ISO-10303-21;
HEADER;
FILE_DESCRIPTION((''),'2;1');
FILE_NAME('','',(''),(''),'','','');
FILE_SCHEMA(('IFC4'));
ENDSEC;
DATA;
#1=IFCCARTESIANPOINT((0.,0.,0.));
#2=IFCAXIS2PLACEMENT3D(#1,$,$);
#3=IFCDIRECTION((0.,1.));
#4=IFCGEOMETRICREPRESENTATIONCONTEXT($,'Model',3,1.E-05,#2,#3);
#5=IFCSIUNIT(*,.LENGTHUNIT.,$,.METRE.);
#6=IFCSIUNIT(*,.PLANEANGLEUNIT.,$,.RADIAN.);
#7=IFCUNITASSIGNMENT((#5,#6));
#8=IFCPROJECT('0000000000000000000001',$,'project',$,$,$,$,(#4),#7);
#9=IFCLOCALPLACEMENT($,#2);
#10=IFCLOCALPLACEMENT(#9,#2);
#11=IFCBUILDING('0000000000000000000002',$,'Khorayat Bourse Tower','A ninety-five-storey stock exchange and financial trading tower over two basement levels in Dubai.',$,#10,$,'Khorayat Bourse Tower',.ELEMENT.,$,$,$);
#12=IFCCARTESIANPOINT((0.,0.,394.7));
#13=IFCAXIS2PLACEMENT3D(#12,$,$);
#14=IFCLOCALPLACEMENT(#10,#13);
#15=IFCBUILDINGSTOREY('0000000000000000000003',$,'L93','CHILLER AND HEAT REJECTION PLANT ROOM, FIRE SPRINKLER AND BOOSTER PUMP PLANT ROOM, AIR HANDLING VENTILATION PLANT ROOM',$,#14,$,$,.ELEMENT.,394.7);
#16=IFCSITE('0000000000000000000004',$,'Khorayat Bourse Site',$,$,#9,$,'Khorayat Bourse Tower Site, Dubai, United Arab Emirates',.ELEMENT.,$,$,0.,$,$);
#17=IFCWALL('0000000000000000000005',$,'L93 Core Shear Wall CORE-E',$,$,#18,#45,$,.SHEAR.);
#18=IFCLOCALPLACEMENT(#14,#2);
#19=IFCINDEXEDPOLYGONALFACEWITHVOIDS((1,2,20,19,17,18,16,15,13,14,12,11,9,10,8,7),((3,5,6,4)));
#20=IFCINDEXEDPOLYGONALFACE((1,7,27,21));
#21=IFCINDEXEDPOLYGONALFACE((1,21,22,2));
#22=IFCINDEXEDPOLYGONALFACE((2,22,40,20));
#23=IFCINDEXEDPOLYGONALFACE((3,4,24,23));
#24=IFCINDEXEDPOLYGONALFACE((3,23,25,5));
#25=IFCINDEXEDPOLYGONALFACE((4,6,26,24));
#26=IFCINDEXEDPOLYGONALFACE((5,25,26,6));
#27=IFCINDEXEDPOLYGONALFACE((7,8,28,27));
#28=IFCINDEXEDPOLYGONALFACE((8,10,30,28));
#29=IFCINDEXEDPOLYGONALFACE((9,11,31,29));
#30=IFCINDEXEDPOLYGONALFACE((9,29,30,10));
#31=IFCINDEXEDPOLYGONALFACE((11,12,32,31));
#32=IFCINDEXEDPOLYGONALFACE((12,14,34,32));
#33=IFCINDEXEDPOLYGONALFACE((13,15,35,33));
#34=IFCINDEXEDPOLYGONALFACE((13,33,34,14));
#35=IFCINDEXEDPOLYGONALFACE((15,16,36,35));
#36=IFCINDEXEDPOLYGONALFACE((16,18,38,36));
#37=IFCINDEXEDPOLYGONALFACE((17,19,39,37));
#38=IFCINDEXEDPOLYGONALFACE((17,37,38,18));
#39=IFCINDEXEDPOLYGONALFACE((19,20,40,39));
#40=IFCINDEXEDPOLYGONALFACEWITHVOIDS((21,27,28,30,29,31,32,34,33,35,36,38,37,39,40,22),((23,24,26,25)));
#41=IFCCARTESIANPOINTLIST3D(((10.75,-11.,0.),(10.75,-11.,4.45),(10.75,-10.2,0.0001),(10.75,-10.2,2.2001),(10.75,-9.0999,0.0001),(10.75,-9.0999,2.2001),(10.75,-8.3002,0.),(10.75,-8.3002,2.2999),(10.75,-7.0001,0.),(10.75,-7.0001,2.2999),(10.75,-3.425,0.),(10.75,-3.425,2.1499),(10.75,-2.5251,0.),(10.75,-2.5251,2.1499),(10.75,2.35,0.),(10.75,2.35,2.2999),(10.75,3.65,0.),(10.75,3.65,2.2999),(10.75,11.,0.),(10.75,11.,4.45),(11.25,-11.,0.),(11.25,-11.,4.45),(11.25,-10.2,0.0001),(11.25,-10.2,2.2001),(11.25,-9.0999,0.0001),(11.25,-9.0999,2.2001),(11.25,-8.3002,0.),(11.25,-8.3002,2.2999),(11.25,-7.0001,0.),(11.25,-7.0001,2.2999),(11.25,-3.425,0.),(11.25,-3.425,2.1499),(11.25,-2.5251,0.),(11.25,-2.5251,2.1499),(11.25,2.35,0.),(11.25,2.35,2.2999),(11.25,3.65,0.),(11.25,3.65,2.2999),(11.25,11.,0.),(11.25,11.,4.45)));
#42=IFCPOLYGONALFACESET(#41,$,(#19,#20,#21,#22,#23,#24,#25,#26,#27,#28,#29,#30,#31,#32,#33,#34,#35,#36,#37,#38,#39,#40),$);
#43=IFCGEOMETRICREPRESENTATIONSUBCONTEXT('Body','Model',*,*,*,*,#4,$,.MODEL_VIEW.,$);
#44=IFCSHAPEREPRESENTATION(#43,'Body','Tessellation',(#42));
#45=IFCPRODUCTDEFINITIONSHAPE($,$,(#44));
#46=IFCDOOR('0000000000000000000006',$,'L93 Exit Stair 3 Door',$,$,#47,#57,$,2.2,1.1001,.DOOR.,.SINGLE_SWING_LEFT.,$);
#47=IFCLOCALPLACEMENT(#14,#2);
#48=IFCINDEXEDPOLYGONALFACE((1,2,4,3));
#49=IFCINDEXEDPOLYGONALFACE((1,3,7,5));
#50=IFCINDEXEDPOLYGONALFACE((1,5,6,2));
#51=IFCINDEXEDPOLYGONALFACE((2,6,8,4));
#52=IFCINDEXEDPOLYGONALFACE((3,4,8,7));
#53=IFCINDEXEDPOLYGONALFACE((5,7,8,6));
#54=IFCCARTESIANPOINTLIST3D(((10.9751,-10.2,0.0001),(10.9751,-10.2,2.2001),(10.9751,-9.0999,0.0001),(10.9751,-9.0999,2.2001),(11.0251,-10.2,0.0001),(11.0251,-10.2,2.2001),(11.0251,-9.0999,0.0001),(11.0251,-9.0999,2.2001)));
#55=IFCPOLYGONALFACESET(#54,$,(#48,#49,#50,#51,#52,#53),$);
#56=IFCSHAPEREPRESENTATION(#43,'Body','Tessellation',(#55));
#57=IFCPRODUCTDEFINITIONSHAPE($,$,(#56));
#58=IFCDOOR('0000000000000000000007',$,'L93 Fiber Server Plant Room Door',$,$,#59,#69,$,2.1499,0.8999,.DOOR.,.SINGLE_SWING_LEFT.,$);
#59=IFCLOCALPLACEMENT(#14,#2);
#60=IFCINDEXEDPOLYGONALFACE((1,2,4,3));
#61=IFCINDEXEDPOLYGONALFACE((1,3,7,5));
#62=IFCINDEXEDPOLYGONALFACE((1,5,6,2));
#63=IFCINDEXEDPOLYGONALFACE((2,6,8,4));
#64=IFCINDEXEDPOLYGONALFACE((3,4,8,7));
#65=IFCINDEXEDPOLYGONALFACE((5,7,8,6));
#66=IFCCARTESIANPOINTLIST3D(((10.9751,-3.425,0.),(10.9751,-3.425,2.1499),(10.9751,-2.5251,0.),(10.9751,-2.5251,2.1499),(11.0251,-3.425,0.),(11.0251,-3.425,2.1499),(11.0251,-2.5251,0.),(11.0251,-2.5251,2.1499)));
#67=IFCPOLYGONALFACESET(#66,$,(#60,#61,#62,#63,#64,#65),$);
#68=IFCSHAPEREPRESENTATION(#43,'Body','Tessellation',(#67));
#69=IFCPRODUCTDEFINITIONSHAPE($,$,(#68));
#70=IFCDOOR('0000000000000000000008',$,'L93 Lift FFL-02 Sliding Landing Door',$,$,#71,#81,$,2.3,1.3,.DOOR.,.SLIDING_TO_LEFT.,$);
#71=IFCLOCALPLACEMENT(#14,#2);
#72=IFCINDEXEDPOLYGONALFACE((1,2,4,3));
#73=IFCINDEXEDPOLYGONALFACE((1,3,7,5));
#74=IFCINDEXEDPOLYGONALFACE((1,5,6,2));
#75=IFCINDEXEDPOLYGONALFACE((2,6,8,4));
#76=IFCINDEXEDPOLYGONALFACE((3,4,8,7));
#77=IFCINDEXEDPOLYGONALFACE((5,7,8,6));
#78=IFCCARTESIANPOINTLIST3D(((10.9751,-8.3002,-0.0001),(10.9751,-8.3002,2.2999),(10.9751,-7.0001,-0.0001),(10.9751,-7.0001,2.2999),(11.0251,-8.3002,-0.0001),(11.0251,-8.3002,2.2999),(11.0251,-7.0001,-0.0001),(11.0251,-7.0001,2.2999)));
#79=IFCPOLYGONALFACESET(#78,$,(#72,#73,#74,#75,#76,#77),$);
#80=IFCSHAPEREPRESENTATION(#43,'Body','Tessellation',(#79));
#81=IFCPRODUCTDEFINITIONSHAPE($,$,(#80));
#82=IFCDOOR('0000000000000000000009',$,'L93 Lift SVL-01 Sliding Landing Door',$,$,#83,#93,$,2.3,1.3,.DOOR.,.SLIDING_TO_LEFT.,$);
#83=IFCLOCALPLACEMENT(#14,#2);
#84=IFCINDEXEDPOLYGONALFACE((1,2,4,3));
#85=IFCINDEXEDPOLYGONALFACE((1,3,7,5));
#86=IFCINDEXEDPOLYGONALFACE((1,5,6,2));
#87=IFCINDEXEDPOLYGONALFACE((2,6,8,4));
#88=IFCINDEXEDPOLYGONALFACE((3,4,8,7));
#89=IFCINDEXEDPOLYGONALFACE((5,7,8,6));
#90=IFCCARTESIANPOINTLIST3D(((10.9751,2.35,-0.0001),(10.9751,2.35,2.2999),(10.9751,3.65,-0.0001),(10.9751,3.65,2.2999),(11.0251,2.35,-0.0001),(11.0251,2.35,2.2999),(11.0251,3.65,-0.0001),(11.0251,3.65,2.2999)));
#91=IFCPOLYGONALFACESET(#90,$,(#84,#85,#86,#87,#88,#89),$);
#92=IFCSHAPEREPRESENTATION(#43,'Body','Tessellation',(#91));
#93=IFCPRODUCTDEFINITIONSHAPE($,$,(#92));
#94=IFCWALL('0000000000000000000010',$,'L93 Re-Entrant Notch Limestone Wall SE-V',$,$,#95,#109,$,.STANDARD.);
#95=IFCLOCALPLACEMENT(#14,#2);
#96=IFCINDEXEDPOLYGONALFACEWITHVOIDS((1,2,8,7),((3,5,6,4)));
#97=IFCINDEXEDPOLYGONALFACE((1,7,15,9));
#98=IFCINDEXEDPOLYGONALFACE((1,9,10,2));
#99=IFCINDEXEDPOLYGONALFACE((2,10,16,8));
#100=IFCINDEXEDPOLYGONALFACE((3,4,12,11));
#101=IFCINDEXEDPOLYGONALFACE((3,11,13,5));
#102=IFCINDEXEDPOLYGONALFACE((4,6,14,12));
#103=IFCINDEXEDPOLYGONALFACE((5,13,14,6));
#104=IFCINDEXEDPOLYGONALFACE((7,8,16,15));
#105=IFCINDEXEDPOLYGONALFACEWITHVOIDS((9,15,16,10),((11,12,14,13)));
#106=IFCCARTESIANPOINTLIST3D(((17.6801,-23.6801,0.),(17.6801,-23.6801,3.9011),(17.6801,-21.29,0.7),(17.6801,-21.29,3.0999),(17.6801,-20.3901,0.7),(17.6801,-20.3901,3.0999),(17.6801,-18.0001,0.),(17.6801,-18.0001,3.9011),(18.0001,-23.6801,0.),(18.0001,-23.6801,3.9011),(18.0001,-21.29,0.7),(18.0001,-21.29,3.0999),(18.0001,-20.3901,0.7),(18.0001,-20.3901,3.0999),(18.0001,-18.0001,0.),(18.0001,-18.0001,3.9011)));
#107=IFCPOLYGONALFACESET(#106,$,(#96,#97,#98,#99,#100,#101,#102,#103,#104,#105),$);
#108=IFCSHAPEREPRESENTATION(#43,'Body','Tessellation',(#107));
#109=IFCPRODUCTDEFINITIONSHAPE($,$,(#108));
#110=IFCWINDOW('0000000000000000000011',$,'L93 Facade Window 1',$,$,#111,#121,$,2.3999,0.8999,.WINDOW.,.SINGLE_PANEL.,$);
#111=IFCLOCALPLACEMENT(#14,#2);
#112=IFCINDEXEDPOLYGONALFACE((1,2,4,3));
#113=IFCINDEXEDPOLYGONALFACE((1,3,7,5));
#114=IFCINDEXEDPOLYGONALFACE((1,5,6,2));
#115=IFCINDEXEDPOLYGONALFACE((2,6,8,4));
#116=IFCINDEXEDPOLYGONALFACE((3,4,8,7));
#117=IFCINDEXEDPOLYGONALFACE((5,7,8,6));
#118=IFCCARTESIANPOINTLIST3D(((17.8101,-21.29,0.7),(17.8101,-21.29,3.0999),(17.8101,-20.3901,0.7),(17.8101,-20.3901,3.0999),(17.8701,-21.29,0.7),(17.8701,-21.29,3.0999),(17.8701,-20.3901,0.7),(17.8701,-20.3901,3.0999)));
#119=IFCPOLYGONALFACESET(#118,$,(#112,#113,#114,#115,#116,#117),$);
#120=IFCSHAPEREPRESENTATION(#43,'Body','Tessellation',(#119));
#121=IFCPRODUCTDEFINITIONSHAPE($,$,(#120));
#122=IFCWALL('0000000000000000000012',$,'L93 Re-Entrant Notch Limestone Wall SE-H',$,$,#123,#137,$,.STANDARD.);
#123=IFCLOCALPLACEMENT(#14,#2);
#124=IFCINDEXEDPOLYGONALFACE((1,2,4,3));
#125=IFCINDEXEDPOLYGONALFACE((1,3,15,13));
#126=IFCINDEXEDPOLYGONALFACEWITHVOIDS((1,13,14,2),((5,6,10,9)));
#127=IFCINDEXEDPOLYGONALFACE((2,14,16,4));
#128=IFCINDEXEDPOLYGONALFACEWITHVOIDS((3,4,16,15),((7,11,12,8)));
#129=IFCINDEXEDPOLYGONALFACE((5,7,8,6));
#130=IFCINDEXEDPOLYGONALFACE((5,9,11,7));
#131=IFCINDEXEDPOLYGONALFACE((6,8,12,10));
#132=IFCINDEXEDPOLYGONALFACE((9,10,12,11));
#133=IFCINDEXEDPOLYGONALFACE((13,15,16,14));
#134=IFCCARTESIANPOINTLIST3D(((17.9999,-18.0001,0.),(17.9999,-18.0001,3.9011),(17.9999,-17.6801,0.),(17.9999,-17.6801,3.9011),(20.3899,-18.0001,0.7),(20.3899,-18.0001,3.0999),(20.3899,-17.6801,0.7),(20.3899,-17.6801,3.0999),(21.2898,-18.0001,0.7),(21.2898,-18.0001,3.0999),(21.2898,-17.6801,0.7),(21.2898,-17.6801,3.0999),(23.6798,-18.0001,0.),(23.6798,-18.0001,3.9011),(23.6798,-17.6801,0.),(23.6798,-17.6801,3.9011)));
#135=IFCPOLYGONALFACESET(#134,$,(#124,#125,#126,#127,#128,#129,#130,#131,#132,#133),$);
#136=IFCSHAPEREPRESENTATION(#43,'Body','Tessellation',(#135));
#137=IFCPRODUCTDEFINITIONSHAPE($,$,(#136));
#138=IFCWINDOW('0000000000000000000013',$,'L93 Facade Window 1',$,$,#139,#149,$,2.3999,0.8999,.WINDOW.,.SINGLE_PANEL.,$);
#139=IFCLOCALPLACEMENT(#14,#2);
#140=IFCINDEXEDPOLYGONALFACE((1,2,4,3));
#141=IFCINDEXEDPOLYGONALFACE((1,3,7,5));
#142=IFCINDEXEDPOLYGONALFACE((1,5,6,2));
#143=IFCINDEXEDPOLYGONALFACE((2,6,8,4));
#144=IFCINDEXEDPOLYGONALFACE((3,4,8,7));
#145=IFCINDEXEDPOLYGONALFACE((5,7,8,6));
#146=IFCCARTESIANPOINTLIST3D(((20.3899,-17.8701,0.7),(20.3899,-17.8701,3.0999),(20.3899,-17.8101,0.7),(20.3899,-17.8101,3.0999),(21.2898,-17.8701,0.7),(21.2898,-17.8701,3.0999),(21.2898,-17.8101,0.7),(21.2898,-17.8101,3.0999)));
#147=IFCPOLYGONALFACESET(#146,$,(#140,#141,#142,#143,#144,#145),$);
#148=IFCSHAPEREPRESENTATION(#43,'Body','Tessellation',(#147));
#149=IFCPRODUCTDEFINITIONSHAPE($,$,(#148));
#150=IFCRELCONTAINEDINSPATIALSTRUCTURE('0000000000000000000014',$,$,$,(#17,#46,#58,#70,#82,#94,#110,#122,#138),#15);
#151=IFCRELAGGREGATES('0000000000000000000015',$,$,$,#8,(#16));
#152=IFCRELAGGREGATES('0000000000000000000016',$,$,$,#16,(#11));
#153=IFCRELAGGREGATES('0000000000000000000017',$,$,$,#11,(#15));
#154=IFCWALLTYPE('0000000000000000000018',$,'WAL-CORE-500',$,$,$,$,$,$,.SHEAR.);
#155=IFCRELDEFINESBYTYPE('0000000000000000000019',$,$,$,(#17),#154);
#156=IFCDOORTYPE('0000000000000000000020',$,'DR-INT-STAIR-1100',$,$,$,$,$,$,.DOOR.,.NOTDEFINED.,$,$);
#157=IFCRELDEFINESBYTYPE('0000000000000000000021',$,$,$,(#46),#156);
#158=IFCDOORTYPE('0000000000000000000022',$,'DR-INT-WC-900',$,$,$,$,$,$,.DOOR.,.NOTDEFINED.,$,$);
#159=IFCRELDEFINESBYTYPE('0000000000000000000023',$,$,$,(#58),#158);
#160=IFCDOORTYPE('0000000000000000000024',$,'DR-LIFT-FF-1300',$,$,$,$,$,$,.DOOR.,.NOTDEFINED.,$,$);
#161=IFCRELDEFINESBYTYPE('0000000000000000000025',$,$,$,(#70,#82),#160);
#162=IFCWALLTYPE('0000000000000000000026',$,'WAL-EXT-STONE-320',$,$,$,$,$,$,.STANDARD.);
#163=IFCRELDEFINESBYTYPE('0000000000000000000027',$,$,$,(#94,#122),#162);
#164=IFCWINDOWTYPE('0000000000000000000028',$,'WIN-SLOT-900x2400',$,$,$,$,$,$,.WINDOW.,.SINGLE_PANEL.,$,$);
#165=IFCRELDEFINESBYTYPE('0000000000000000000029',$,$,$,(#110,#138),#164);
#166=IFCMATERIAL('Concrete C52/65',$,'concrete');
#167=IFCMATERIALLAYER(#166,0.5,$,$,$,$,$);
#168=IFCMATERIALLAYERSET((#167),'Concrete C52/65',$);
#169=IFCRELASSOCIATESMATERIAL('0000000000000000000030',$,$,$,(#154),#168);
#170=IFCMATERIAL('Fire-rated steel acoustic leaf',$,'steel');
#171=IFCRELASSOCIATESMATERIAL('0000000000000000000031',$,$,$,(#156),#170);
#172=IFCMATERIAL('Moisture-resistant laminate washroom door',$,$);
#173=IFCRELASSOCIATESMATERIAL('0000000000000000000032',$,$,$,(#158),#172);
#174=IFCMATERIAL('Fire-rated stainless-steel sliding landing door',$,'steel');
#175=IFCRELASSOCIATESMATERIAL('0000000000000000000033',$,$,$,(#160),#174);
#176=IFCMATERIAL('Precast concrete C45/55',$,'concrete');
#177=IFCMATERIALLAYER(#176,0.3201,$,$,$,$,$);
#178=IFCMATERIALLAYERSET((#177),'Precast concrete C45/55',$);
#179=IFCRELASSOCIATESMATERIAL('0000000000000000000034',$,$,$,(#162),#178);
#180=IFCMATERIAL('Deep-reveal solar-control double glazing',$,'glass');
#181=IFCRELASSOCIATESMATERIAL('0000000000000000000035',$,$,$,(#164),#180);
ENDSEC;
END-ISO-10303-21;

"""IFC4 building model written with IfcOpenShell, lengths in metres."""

from ifc_helpers import new_model, si_unit, direction, frame, frame_2d, origin, place, context, subcontext, project, spatial, rectangle, extrude, source, transform, mapped, material, layer, layer_set, type_object, element, fill, save


model = new_model("IFC4")

# Units and contexts
model_context = context("Model", 3, precision=1e-05, world=origin(), true_north=direction((0.0, 1.0)))
body_context = subcontext(model_context, "Body", "Model", "MODEL_VIEW")
ifc_project = project(units=[si_unit("LENGTHUNIT", "METRE"), si_unit("PLANEANGLEUNIT", "RADIAN")], contexts=[model_context])

# Site, building, storey
site_placement = place(None, origin())
site = spatial("IfcSite", under=ifc_project, at=site_placement, Name="Khorayat Bourse Site", LongName="Khorayat Bourse Tower Site, Dubai, United Arab Emirates", CompositionType="ELEMENT", RefElevation=0.0)
building_placement = place(site_placement, origin())
building = spatial("IfcBuilding", under=site, at=building_placement, Name="Khorayat Bourse Tower", Description="A ninety-five-storey stock exchange and financial trading tower over two basement levels in Dubai.", LongName="Khorayat Bourse Tower", CompositionType="ELEMENT")
storey_placement = place(building_placement, frame((0.0, 0.0, 394.7)))
storey = spatial("IfcBuildingStorey", under=building, at=storey_placement, Name="L93", Description="CHILLER AND HEAT REJECTION PLANT ROOM, FIRE SPRINKLER AND BOOSTER PUMP PLANT ROOM, AIR HANDLING VENTILATION PLANT ROOM", CompositionType="ELEMENT", Elevation=394.7)

# Wall, openings, doors
ifc_material_1 = material(Name="Concrete C52/65", Category="concrete")
ifc_layer_1 = layer(ifc_material_1, 0.5)
ifc_layer_set_1 = layer_set([ifc_layer_1], Name="Concrete C52/65")
wall_type_1 = type_object("IfcWallType", Name="WAL-CORE-500", PredefinedType="SHEAR", material=ifc_layer_set_1)
shared_shape_1 = source(origin(), body_context, "Body", "SweptSolid", [
    extrude(rectangle(XDim=22.0, YDim=0.5, at=frame_2d((11.0, 0.0))), origin(), (0.0, 0.0, 1.0), 4.45),
])
wall_1_placement = place(storey_placement, frame((11.0, -11.0, 0.0), z_axis=(0.0, 0.0, 1.0), x_axis=(0.0, 1.0, 0.0)))
wall_1 = element("IfcWall", 1, at=wall_1_placement, inside=storey, type_object=wall_type_1, Name="L93 Core Shear Wall CORE-E", PredefinedType="SHEAR", context=body_context, shape_type="MappedRepresentation", body=[
    mapped(shared_shape_1, transform((0.0, 0.0, 0.0), scale=1.0)),
])
shared_shape_2 = source(origin(), body_context, "Body", "SweptSolid", [
    extrude(rectangle(XDim=1.1001, YDim=2.2, at=frame_2d((0.55, 1.1001))), frame((0.0, 0.26, 0.0), z_axis=(0.0, -1.0, 0.0), x_axis=(1.0, 0.0, 0.0)), (0.0, 0.0, 1.0), 0.52),
])
opening_1_placement = place(wall_1_placement, frame((0.8, 0.0, 0.0)))
opening_1 = element("IfcOpeningElement", 2, at=opening_1_placement, cuts=wall_1, PredefinedType="OPENING", context=body_context, shape_type="MappedRepresentation", body=[
    mapped(shared_shape_2, transform((0.0, 0.0, 0.0), scale=1.0)),
])
shared_shape_3 = source(origin(), body_context, "Body", "SweptSolid", [
    extrude(rectangle(XDim=0.8999, YDim=2.1499, at=frame_2d((0.45, 1.075))), frame((0.0, 0.26, 0.0), z_axis=(0.0, -1.0, 0.0), x_axis=(1.0, 0.0, 0.0)), (0.0, 0.0, 1.0), 0.52),
])
opening_2_placement = place(wall_1_placement, frame((7.575, 0.0, 0.0)))
opening_2 = element("IfcOpeningElement", 3, at=opening_2_placement, cuts=wall_1, PredefinedType="OPENING", context=body_context, shape_type="MappedRepresentation", body=[
    mapped(shared_shape_3, transform((0.0, 0.0, 0.0), scale=1.0)),
])
shared_shape_4 = source(origin(), body_context, "Body", "SweptSolid", [
    extrude(rectangle(XDim=1.3, YDim=2.3, at=frame_2d((0.6499, 1.1499))), frame((0.0, 0.26, 0.0), z_axis=(0.0, -1.0, 0.0), x_axis=(1.0, 0.0, 0.0)), (0.0, 0.0, 1.0), 0.52),
])
opening_3_placement = place(wall_1_placement, frame((2.7, 0.0, 0.0)))
opening_3 = element("IfcOpeningElement", 4, at=opening_3_placement, cuts=wall_1, PredefinedType="OPENING", context=body_context, shape_type="MappedRepresentation", body=[
    mapped(shared_shape_4, transform((0.0, 0.0, 0.0), scale=1.0)),
])
opening_4_placement = place(wall_1_placement, frame((13.3501, 0.0, 0.0)))
opening_4 = element("IfcOpeningElement", 5, at=opening_4_placement, cuts=wall_1, PredefinedType="OPENING", context=body_context, shape_type="MappedRepresentation", body=[
    mapped(shared_shape_4, transform((0.0, 0.0, 0.0), scale=1.0)),
])
ifc_material_2 = material(Name="Fire-rated steel acoustic leaf", Category="steel")
door_type_1 = type_object("IfcDoorType", Name="DR-INT-STAIR-1100", OperationType="NOTDEFINED", PredefinedType="DOOR", material=ifc_material_2)
shared_shape_5 = source(origin(), body_context, "Body", "SweptSolid", [
    extrude(rectangle(XDim=1.1001, YDim=2.2, at=frame_2d((0.55, 1.1001))), frame((0.0, 0.0249, 0.0), z_axis=(0.0, -1.0, 0.0), x_axis=(1.0, 0.0, 0.0)), (0.0, 0.0, 1.0), 0.05),
])
door_1_placement = place(opening_1_placement, origin())
door_1 = element("IfcDoor", 6, at=door_1_placement, inside=storey, type_object=door_type_1, Name="L93 Exit Stair 3 Door", OperationType="SINGLE_SWING_LEFT", OverallHeight=2.2, OverallWidth=1.1001, PredefinedType="DOOR", context=body_context, shape_type="MappedRepresentation", body=[
    mapped(shared_shape_5, transform((0.0, 0.0, 0.0), scale=1.0)),
])
fill(opening_1, door_1)
ifc_material_3 = material(Name="Moisture-resistant laminate washroom door")
door_type_2 = type_object("IfcDoorType", Name="DR-INT-WC-900", OperationType="NOTDEFINED", PredefinedType="DOOR", material=ifc_material_3)
shared_shape_6 = source(origin(), body_context, "Body", "SweptSolid", [
    extrude(rectangle(XDim=0.8999, YDim=2.1499, at=frame_2d((0.45, 1.075))), frame((0.0, 0.0249, 0.0), z_axis=(0.0, -1.0, 0.0), x_axis=(1.0, 0.0, 0.0)), (0.0, 0.0, 1.0), 0.05),
])
door_2_placement = place(opening_2_placement, origin())
door_2 = element("IfcDoor", 7, at=door_2_placement, inside=storey, type_object=door_type_2, Name="L93 Fiber Server Plant Room Door", OperationType="SINGLE_SWING_LEFT", OverallHeight=2.1499, OverallWidth=0.8999, PredefinedType="DOOR", context=body_context, shape_type="MappedRepresentation", body=[
    mapped(shared_shape_6, transform((0.0, 0.0, 0.0), scale=1.0)),
])
fill(opening_2, door_2)
ifc_material_4 = material(Name="Fire-rated stainless-steel sliding landing door", Category="steel")
door_type_3 = type_object("IfcDoorType", Name="DR-LIFT-FF-1300", OperationType="NOTDEFINED", PredefinedType="DOOR", material=ifc_material_4)
shared_shape_7 = source(origin(), body_context, "Body", "SweptSolid", [
    extrude(rectangle(XDim=1.3, YDim=2.3, at=frame_2d((0.6499, 1.1499))), frame((0.0, 0.0249, 0.0), z_axis=(0.0, -1.0, 0.0), x_axis=(1.0, 0.0, 0.0)), (0.0, 0.0, 1.0), 0.05),
])
door_3_placement = place(opening_3_placement, origin())
door_3 = element("IfcDoor", 8, at=door_3_placement, inside=storey, type_object=door_type_3, Name="L93 Lift FFL-02 Sliding Landing Door", OperationType="SLIDING_TO_LEFT", OverallHeight=2.3, OverallWidth=1.3, PredefinedType="DOOR", context=body_context, shape_type="MappedRepresentation", body=[
    mapped(shared_shape_7, transform((0.0, 0.0, 0.0), scale=1.0)),
])
fill(opening_3, door_3)
door_4_placement = place(opening_4_placement, origin())
door_4 = element("IfcDoor", 9, at=door_4_placement, inside=storey, type_object=door_type_3, Name="L93 Lift SVL-01 Sliding Landing Door", OperationType="SLIDING_TO_LEFT", OverallHeight=2.3, OverallWidth=1.3, PredefinedType="DOOR", context=body_context, shape_type="MappedRepresentation", body=[
    mapped(shared_shape_7, transform((0.0, 0.0, 0.0), scale=1.0)),
])
fill(opening_4, door_4)

# Walls, openings, windows
ifc_material_5 = material(Name="Precast concrete C45/55", Category="concrete")
ifc_layer_2 = layer(ifc_material_5, 0.3201)
ifc_layer_set_2 = layer_set([ifc_layer_2], Name="Precast concrete C45/55")
wall_type_2 = type_object("IfcWallType", Name="WAL-EXT-STONE-320", PredefinedType="STANDARD", material=ifc_layer_set_2)
shared_shape_8 = source(origin(), body_context, "Body", "SweptSolid", [
    extrude(rectangle(XDim=5.6799, YDim=0.3201, at=frame_2d((2.8398, 0.0))), origin(), (0.0, 0.0, 1.0), 3.9011),
])
wall_2_placement = place(storey_placement, frame((17.8401, -23.6799, 0.0), z_axis=(0.0, 0.0, 1.0), x_axis=(0.0, 1.0, 0.0)))
wall_2 = element("IfcWall", 10, at=wall_2_placement, inside=storey, type_object=wall_type_2, Name="L93 Re-Entrant Notch Limestone Wall SE-V", PredefinedType="STANDARD", context=body_context, shape_type="MappedRepresentation", body=[
    mapped(shared_shape_8, transform((0.0, 0.0, 0.0), scale=1.0)),
])
shared_shape_9 = source(origin(), body_context, "Body", "SweptSolid", [
    extrude(rectangle(XDim=0.8999, YDim=2.3999, at=frame_2d((0.45, 1.2))), frame((0.0, 0.1699, 0.0), z_axis=(0.0, -1.0, 0.0), x_axis=(1.0, 0.0, 0.0)), (0.0, 0.0, 1.0), 0.3401),
])
opening_5_placement = place(wall_2_placement, frame((2.3899, 0.0, 0.7)))
opening_5 = element("IfcOpeningElement", 11, at=opening_5_placement, cuts=wall_2, PredefinedType="OPENING", context=body_context, shape_type="MappedRepresentation", body=[
    mapped(shared_shape_9, transform((0.0, 0.0, 0.0), scale=1.0)),
])
ifc_material_6 = material(Name="Deep-reveal solar-control double glazing", Category="glass")
window_type = type_object("IfcWindowType", Name="WIN-SLOT-900x2400", PartitioningType="SINGLE_PANEL", PredefinedType="WINDOW", material=ifc_material_6)
shared_shape_10 = source(origin(), body_context, "Body", "SweptSolid", [
    extrude(rectangle(XDim=0.8999, YDim=2.3999, at=frame_2d((0.45, 1.2))), frame((0.0, 0.03, 0.0), z_axis=(0.0, -1.0, 0.0), x_axis=(1.0, 0.0, 0.0)), (0.0, 0.0, 1.0), 0.0601),
])
window_1_placement = place(opening_5_placement, origin())
window_1 = element("IfcWindow", 12, at=window_1_placement, inside=storey, type_object=window_type, Name="L93 Facade Window 1", OverallHeight=2.3999, OverallWidth=0.8999, PartitioningType="SINGLE_PANEL", PredefinedType="WINDOW", context=body_context, shape_type="MappedRepresentation", body=[
    mapped(shared_shape_10, transform((0.0, 0.0, 0.0), scale=1.0)),
])
fill(opening_5, window_1)
wall_3_placement = place(storey_placement, frame((18.0, -17.8401, 0.0), z_axis=(0.0, 0.0, 1.0), x_axis=(1.0, 0.0, 0.0)))
wall_3 = element("IfcWall", 13, at=wall_3_placement, inside=storey, type_object=wall_type_2, Name="L93 Re-Entrant Notch Limestone Wall SE-H", PredefinedType="STANDARD", context=body_context, shape_type="MappedRepresentation", body=[
    mapped(shared_shape_8, transform((0.0, 0.0, 0.0), scale=1.0)),
])
opening_6_placement = place(wall_3_placement, frame((2.3899, 0.0, 0.7)))
opening_6 = element("IfcOpeningElement", 14, at=opening_6_placement, cuts=wall_3, PredefinedType="OPENING", context=body_context, shape_type="MappedRepresentation", body=[
    mapped(shared_shape_9, transform((0.0, 0.0, 0.0), scale=1.0)),
])
window_2_placement = place(opening_6_placement, origin())
window_2 = element("IfcWindow", 15, at=window_2_placement, inside=storey, type_object=window_type, Name="L93 Facade Window 1", OverallHeight=2.3999, OverallWidth=0.8999, PartitioningType="SINGLE_PANEL", PredefinedType="WINDOW", context=body_context, shape_type="MappedRepresentation", body=[
    mapped(shared_shape_10, transform((0.0, 0.0, 0.0), scale=1.0)),
])
fill(opening_6, window_2)

save(model, "model.ifc")
